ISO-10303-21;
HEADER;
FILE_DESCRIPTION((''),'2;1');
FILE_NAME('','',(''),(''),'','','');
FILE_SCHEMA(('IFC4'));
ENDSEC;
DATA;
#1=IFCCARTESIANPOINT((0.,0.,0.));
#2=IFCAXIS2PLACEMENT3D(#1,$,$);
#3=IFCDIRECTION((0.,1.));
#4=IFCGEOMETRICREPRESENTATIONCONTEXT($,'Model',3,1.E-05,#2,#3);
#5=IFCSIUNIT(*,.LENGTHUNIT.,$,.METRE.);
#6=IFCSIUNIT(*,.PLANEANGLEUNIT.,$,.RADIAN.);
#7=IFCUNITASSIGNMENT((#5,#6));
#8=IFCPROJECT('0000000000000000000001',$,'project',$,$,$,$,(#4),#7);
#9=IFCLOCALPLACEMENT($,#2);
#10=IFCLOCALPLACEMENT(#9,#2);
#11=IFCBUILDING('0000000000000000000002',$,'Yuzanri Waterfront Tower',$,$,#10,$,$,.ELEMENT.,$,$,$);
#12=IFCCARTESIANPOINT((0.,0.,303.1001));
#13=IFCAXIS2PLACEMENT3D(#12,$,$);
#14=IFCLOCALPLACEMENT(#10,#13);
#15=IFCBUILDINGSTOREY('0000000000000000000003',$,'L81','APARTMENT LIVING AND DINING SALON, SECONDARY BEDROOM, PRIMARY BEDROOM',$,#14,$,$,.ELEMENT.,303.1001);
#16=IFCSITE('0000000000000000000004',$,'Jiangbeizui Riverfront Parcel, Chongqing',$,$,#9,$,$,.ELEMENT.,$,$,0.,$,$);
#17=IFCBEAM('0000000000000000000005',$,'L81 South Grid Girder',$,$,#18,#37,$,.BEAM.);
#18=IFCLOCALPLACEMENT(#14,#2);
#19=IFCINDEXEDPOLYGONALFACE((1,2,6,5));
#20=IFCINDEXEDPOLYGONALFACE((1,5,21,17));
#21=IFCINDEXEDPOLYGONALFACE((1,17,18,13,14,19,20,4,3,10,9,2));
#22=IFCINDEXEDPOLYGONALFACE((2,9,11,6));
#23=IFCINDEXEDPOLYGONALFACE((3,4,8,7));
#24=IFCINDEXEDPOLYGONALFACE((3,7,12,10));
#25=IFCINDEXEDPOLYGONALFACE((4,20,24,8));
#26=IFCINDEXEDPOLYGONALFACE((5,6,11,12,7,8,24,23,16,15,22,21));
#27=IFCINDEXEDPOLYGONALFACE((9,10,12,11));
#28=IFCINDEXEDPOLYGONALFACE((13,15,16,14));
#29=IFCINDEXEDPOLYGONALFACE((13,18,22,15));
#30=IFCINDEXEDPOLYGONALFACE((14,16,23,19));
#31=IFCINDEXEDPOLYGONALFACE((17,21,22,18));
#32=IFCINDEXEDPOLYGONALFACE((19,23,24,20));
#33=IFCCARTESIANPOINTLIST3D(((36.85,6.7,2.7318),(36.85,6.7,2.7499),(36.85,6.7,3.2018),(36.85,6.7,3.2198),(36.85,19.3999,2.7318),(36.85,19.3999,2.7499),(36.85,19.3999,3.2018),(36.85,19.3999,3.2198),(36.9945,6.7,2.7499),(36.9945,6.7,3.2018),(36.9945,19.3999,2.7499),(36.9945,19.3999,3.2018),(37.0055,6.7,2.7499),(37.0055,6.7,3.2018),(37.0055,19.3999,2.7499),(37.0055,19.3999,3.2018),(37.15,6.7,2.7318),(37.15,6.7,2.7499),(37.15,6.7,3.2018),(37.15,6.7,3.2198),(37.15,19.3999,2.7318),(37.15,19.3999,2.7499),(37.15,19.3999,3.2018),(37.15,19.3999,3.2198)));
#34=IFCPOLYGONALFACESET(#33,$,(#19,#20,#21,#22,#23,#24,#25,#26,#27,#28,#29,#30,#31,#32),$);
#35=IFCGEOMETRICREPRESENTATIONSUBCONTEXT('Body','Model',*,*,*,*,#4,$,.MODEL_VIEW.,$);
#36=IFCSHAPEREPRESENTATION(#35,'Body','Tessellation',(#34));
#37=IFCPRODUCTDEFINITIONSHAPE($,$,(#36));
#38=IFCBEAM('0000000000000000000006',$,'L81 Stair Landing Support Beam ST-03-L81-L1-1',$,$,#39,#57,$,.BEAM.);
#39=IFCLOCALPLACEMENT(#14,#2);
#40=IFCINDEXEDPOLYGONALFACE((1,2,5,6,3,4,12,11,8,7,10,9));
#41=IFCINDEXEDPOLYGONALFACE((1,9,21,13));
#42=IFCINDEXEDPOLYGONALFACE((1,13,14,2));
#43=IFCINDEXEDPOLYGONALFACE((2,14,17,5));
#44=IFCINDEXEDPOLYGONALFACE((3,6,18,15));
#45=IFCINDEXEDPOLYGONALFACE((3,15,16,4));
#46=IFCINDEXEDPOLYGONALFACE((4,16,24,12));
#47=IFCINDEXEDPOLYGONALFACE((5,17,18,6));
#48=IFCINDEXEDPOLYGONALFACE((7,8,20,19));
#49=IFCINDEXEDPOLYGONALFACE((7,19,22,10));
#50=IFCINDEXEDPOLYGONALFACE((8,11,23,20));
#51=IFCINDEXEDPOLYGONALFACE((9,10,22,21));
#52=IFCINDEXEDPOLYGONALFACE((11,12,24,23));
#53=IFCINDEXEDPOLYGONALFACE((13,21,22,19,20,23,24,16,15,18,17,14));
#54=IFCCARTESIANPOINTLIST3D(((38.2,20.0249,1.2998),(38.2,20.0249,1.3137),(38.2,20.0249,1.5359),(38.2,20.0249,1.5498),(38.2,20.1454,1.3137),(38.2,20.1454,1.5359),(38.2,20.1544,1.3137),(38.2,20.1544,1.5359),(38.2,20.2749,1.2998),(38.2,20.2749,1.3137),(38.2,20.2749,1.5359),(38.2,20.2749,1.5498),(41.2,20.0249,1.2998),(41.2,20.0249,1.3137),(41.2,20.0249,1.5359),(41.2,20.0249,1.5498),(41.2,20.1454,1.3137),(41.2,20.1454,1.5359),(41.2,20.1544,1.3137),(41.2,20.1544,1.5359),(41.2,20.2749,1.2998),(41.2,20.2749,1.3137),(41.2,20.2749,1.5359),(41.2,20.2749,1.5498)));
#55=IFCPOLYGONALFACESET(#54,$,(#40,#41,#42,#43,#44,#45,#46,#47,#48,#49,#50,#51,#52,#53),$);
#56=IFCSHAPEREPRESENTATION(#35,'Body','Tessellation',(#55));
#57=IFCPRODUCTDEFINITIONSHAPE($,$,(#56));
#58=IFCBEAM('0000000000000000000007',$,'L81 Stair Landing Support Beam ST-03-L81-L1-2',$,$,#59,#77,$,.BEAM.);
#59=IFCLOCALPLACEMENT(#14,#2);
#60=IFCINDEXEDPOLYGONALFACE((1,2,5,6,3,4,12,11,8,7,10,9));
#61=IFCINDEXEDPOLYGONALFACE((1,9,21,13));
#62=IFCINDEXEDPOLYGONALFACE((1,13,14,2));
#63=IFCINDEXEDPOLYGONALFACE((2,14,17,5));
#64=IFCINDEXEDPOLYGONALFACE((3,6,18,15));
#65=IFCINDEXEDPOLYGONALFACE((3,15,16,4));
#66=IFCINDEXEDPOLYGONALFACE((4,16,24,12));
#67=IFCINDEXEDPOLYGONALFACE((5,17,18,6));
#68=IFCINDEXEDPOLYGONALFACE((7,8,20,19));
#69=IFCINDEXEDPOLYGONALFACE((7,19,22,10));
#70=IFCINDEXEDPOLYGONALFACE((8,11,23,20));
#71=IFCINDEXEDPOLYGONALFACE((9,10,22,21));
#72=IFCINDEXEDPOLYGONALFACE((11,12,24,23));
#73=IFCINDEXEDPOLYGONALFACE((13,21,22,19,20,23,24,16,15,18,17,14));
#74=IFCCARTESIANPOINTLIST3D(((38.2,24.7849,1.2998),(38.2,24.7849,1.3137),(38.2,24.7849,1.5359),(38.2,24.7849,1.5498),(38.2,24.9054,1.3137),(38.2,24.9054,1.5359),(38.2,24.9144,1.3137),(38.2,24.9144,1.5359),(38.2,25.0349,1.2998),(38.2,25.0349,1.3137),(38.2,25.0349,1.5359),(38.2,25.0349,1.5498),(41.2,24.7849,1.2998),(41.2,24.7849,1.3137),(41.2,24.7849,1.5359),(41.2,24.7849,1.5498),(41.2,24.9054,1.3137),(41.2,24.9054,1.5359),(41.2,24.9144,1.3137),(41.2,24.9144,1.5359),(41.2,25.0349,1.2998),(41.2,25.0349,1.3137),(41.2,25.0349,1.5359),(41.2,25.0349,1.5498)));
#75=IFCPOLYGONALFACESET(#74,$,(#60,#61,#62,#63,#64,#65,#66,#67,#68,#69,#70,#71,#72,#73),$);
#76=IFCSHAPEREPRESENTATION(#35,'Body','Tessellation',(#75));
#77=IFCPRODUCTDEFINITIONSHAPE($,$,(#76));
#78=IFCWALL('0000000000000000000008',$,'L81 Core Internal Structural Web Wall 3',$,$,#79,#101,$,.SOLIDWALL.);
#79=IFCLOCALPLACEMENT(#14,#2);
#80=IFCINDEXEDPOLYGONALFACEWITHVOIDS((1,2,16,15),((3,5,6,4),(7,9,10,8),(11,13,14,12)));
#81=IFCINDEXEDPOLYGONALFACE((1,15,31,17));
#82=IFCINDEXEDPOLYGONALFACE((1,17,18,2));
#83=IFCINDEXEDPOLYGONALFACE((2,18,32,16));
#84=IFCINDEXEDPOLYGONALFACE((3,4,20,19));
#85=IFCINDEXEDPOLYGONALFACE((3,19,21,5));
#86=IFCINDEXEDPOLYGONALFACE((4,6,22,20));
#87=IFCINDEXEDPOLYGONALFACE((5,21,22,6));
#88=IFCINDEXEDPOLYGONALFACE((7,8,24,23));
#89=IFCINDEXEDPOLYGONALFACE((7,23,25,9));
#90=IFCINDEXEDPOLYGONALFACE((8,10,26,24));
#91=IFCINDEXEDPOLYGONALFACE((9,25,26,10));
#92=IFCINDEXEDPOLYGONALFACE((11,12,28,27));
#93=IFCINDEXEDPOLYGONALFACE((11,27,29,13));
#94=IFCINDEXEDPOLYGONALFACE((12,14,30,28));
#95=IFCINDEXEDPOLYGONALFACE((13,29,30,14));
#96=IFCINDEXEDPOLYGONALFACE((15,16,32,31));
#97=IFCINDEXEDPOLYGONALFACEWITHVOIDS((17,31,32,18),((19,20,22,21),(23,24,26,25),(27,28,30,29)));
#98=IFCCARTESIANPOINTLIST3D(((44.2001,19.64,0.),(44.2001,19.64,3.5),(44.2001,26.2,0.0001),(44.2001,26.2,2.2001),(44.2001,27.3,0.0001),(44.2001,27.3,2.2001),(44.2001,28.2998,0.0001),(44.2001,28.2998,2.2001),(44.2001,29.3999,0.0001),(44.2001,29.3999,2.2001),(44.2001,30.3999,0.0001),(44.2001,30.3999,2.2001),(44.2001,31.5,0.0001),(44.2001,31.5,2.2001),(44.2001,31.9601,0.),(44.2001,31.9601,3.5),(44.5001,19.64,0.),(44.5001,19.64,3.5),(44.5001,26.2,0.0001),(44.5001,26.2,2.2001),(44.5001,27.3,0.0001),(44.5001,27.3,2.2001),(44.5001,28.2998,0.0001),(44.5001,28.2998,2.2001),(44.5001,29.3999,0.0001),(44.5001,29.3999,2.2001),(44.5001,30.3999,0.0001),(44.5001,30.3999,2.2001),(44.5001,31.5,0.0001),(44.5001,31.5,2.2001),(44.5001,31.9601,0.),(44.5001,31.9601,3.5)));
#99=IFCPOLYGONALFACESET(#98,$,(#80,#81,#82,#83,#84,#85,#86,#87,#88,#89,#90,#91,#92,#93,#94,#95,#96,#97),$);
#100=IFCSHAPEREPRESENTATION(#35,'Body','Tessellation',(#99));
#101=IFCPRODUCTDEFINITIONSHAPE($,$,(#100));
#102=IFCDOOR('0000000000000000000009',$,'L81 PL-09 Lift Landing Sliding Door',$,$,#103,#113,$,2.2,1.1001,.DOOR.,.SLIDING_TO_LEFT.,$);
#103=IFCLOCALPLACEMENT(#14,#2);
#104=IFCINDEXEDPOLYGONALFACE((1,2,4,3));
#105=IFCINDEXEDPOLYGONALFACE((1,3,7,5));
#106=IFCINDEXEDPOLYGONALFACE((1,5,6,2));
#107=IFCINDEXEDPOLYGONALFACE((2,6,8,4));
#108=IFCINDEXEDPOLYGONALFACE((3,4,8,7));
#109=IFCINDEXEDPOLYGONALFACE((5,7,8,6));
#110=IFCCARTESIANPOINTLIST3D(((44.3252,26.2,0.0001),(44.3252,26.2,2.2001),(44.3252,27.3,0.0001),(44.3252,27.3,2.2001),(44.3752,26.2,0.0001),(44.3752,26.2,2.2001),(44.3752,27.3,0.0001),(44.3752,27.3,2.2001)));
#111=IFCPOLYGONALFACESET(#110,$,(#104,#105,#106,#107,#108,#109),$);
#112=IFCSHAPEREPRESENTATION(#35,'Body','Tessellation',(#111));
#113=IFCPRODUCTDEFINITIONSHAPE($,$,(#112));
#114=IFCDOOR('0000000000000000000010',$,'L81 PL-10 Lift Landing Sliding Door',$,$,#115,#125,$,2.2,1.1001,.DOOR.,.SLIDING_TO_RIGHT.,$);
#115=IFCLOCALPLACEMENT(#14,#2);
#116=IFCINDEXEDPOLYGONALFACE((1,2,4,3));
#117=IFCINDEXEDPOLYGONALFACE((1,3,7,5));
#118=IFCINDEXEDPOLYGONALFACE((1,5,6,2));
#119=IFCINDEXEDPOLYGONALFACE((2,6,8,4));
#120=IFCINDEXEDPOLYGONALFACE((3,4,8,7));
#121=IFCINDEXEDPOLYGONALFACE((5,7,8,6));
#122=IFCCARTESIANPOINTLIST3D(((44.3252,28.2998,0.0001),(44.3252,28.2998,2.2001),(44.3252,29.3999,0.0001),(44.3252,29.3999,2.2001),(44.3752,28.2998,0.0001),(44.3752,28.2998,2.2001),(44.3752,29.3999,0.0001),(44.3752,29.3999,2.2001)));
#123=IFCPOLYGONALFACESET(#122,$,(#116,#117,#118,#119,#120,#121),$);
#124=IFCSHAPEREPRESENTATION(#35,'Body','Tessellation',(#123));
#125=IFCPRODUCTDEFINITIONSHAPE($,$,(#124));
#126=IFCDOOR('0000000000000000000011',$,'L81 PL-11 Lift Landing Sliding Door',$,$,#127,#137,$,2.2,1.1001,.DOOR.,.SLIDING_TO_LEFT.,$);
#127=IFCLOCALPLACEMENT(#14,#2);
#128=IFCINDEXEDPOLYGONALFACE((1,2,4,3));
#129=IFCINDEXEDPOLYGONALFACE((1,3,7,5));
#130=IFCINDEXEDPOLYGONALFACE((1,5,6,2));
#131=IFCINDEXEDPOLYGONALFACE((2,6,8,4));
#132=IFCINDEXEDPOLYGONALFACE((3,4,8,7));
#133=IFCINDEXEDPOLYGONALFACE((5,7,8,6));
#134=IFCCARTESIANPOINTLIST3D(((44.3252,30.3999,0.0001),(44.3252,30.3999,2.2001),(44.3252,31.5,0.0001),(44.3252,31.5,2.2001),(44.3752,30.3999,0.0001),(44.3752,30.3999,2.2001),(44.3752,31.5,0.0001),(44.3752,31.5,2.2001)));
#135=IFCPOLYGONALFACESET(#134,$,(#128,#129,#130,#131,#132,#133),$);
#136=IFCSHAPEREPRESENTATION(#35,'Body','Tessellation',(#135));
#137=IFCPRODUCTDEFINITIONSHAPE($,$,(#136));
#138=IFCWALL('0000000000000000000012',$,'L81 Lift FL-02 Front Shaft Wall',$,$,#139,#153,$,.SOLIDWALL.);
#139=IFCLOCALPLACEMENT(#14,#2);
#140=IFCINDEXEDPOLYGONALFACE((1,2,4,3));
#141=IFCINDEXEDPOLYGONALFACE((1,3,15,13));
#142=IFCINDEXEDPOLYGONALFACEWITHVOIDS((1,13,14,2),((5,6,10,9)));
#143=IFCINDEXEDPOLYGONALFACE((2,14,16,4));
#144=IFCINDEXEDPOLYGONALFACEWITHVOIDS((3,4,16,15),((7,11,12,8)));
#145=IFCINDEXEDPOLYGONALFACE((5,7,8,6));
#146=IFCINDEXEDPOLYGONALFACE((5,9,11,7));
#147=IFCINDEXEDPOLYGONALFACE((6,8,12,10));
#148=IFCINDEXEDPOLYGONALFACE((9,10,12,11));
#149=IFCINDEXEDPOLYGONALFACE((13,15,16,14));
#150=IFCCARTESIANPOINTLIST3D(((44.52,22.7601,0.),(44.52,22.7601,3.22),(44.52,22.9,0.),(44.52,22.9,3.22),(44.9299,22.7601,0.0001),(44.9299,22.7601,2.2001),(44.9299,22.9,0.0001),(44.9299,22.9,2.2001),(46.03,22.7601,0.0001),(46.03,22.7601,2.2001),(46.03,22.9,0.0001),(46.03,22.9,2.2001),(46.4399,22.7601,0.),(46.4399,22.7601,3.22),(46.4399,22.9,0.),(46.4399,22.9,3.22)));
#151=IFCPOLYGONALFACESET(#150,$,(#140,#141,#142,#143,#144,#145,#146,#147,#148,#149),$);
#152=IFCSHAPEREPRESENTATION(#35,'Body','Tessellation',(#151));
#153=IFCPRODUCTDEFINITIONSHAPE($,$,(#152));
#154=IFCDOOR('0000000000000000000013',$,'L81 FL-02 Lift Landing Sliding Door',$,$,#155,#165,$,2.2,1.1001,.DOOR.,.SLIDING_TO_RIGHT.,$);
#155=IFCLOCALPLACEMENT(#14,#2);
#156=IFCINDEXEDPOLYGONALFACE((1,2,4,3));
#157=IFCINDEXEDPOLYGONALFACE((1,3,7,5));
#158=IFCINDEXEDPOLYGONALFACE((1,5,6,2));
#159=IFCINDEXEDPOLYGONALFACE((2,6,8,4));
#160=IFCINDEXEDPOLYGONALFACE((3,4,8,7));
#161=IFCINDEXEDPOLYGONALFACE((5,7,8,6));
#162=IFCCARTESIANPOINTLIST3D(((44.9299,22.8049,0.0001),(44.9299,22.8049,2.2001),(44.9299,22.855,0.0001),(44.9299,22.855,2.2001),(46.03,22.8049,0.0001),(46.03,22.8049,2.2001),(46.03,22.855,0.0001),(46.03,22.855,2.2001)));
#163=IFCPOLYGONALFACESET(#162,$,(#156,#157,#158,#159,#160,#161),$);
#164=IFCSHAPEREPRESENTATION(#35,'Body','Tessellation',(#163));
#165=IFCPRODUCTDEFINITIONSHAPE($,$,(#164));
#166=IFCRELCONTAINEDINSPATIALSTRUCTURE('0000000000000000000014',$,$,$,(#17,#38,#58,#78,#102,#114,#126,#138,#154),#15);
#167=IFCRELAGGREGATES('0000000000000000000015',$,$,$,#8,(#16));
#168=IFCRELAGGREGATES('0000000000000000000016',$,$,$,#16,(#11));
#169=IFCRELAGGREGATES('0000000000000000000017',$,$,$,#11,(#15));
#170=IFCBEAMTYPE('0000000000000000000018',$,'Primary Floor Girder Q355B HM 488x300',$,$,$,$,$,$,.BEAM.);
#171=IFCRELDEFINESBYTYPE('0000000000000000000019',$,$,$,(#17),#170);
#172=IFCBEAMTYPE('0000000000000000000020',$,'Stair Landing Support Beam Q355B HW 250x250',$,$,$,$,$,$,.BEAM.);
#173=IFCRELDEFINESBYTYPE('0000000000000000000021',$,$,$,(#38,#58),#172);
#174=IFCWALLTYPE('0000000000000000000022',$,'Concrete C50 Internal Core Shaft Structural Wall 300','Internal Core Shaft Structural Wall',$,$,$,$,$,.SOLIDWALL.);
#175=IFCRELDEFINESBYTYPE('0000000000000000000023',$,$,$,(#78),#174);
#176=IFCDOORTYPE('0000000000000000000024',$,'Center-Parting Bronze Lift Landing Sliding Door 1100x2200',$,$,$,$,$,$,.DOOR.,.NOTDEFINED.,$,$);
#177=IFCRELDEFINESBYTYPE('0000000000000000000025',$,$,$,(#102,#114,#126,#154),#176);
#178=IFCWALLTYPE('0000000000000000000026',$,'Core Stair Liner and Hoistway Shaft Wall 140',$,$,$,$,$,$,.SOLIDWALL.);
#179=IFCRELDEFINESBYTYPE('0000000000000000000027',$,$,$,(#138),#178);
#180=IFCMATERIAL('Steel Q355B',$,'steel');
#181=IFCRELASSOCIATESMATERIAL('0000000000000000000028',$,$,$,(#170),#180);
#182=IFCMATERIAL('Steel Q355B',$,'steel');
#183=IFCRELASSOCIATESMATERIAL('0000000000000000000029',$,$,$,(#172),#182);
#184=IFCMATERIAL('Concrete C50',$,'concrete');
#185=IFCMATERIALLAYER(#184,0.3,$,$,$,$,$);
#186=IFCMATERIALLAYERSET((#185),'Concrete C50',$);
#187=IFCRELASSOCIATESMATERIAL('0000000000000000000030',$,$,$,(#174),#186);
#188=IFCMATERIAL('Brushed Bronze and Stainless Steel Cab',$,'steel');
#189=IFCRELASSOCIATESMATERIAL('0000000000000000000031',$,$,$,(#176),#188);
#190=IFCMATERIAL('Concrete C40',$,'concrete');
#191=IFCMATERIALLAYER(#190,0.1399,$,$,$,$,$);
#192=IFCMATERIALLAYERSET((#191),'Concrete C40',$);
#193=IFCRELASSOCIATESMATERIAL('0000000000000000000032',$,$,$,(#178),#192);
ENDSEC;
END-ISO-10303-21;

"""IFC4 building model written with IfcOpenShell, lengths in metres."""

from ifc_helpers import new_model, si_unit, direction, frame, frame_2d, origin, origin_2d, place, context, subcontext, project, spatial, rectangle, i_section, extrude, source, transform, mapped, material, layer, layer_set, material_profile, profile_set, type_object, element, fill, save


model = new_model("IFC4")

# Units and contexts
model_context = context("Model", 3, precision=1e-05, world=origin(), true_north=direction((0.0, 1.0)))
body_context = subcontext(model_context, "Body", "Model", "MODEL_VIEW")
ifc_project = project(units=[si_unit("LENGTHUNIT", "METRE"), si_unit("PLANEANGLEUNIT", "RADIAN")], contexts=[model_context])

# Site, building, storey
site_placement = place(None, origin())
site = spatial("IfcSite", under=ifc_project, at=site_placement, Name="Jiangbeizui Riverfront Parcel, Chongqing", CompositionType="ELEMENT", RefElevation=0.0)
building_placement = place(site_placement, origin())
building = spatial("IfcBuilding", under=site, at=building_placement, Name="Yuzanri Waterfront Tower", CompositionType="ELEMENT")
storey_placement = place(building_placement, frame((0.0, 0.0, 303.1001)))
storey = spatial("IfcBuildingStorey", under=building, at=storey_placement, Name="L81", Description="APARTMENT LIVING AND DINING SALON, SECONDARY BEDROOM, PRIMARY BEDROOM", CompositionType="ELEMENT", Elevation=303.1001)

# Beams
ifc_material_1 = material(Name="Steel Q355B", Category="steel")
ifc_material_profile_1 = material_profile(ifc_material_1, i_section(OverallWidth=0.3, OverallDepth=0.488, WebThickness=0.011, FlangeThickness=0.0181, at=origin_2d()), Name="HM 488x300x11x18")
ifc_profile_set_1 = profile_set([ifc_material_profile_1], Name="Steel Q355B")
beam_type_1 = type_object("IfcBeamType", Name="Primary Floor Girder Q355B HM 488x300", PredefinedType="BEAM", material=ifc_profile_set_1)
shared_shape_1 = source(origin(), body_context, "Body", "SweptSolid", [
    extrude(i_section(OverallWidth=0.3, OverallDepth=0.488, WebThickness=0.011, FlangeThickness=0.0181, at=origin_2d()), origin(), (0.0, 0.0, 1.0), 12.7),
])
beam_placement = place(storey_placement, frame((37.0, 19.3999, 2.9758), z_axis=(0.0, -1.0, 0.0), x_axis=(1.0, 0.0, 0.0)))
element("IfcBeam", 1, at=beam_placement, inside=storey, type_object=beam_type_1, Name="L81 South Grid Girder", PredefinedType="BEAM", context=body_context, shape_type="MappedRepresentation", body=[
    mapped(shared_shape_1, transform((0.0, 0.0, 0.0), scale=1.0)),
])
ifc_material_2 = material(Name="Steel Q355B", Category="steel")
ifc_material_profile_2 = material_profile(ifc_material_2, i_section(OverallWidth=0.25, OverallDepth=0.25, WebThickness=0.009, FlangeThickness=0.0139, at=origin_2d()), Name="HW 250x250x9x14")
ifc_profile_set_2 = profile_set([ifc_material_profile_2], Name="Steel Q355B")
beam_type_2 = type_object("IfcBeamType", Name="Stair Landing Support Beam Q355B HW 250x250", PredefinedType="BEAM", material=ifc_profile_set_2)
shared_shape_2 = source(origin(), body_context, "Body", "SweptSolid", [
    extrude(i_section(OverallWidth=0.25, OverallDepth=0.25, WebThickness=0.009, FlangeThickness=0.0139, at=origin_2d()), origin(), (0.0, 0.0, 1.0), 3.0),
])
for number, where, z_axis, x_axis, name in (
    (2, (38.2, 20.1499, 1.4248), (1.0, 0.0, 0.0), (0.0, 1.0, 0.0), "L81 Stair Landing Support Beam ST-03-L81-L1-1"),
    (3, (38.2, 24.9099, 1.4248), (1.0, 0.0, 0.0), (0.0, 1.0, 0.0), "L81 Stair Landing Support Beam ST-03-L81-L1-2"),
):
    element("IfcBeam", number, at=place(storey_placement, frame(where, z_axis=z_axis, x_axis=x_axis)), inside=storey, type_object=beam_type_2, Name=name, PredefinedType="BEAM", context=body_context, shape_type="MappedRepresentation", body=[
        mapped(shared_shape_2, transform((0.0, 0.0, 0.0), scale=1.0)),
    ])

# Wall, openings, doors
ifc_material_3 = material(Name="Concrete C50", Category="concrete")
ifc_layer_1 = layer(ifc_material_3, 0.3)
ifc_layer_set_1 = layer_set([ifc_layer_1], Name="Concrete C50")
wall_type_1 = type_object("IfcWallType", Name="Concrete C50 Internal Core Shaft Structural Wall 300", Description="Internal Core Shaft Structural Wall", PredefinedType="SOLIDWALL", material=ifc_layer_set_1)
wall_1_placement = place(storey_placement, frame((44.3501, 19.6399, 0.0), z_axis=(0.0, 0.0, 1.0), x_axis=(0.0, 1.0, 0.0)))
wall_1 = element("IfcWall", 4, at=wall_1_placement, inside=storey, type_object=wall_type_1, Name="L81 Core Internal Structural Web Wall 3", PredefinedType="SOLIDWALL", context=body_context, shape_type="SweptSolid", body=[
    extrude(rectangle(XDim=12.3201, YDim=0.3, at=frame_2d((6.1602, 0.0))), origin(), (0.0, 0.0, 1.0), 3.5),
])
opening_1_placement = place(wall_1_placement, frame((6.5601, 0.0, 0.0)))
opening_1 = element("IfcOpeningElement", 5, at=opening_1_placement, cuts=wall_1, PredefinedType="OPENING", context=body_context, shape_type="SweptSolid", body=[
    extrude(rectangle(XDim=1.1001, YDim=2.2, at=frame_2d((0.55, 1.1001))), frame((0.0, 0.165, 0.0), z_axis=(0.0, -1.0, 0.0), x_axis=(1.0, 0.0, 0.0)), (0.0, 0.0, 1.0), 0.3298),
])
opening_2_placement = place(wall_1_placement, frame((8.6599, 0.0, 0.0)))
opening_2 = element("IfcOpeningElement", 6, at=opening_2_placement, cuts=wall_1, PredefinedType="OPENING", context=body_context, shape_type="SweptSolid", body=[
    extrude(rectangle(XDim=1.1001, YDim=2.2, at=frame_2d((0.55, 1.1001))), frame((0.0, 0.165, 0.0), z_axis=(0.0, -1.0, 0.0), x_axis=(1.0, 0.0, 0.0)), (0.0, 0.0, 1.0), 0.3298),
])
opening_3_placement = place(wall_1_placement, frame((10.76, 0.0, 0.0)))
opening_3 = element("IfcOpeningElement", 7, at=opening_3_placement, cuts=wall_1, PredefinedType="OPENING", context=body_context, shape_type="SweptSolid", body=[
    extrude(rectangle(XDim=1.1001, YDim=2.2, at=frame_2d((0.55, 1.1001))), frame((0.0, 0.165, 0.0), z_axis=(0.0, -1.0, 0.0), x_axis=(1.0, 0.0, 0.0)), (0.0, 0.0, 1.0), 0.3298),
])
ifc_material_4 = material(Name="Brushed Bronze and Stainless Steel Cab", Category="steel")
door_type_1 = type_object("IfcDoorType", Name="Center-Parting Bronze Lift Landing Sliding Door 1100x2200", OperationType="NOTDEFINED", PredefinedType="DOOR", material=ifc_material_4)
shared_shape_3 = source(origin(), body_context, "Body", "SweptSolid", [
    extrude(rectangle(XDim=1.1001, YDim=2.2, at=frame_2d((0.55, 1.1001))), frame((0.0, 0.0249, 0.0), z_axis=(0.0, -1.0, 0.0), x_axis=(1.0, 0.0, 0.0)), (0.0, 0.0, 1.0), 0.05),
])
door_1_placement = place(opening_1_placement, origin())
door_1 = element("IfcDoor", 8, at=door_1_placement, inside=storey, type_object=door_type_1, Name="L81 PL-09 Lift Landing Sliding Door", OperationType="SLIDING_TO_LEFT", OverallHeight=2.2, OverallWidth=1.1001, PredefinedType="DOOR", context=body_context, shape_type="MappedRepresentation", body=[
    mapped(shared_shape_3, transform((0.0, 0.0, 0.0), scale=1.0)),
])
fill(opening_1, door_1)
door_2_placement = place(opening_2_placement, origin())
door_2 = element("IfcDoor", 9, at=door_2_placement, inside=storey, type_object=door_type_1, Name="L81 PL-10 Lift Landing Sliding Door", OperationType="SLIDING_TO_RIGHT", OverallHeight=2.2, OverallWidth=1.1001, PredefinedType="DOOR", context=body_context, shape_type="MappedRepresentation", body=[
    mapped(shared_shape_3, transform((0.0, 0.0, 0.0), scale=1.0)),
])
fill(opening_2, door_2)
door_3_placement = place(opening_3_placement, origin())
door_3 = element("IfcDoor", 10, at=door_3_placement, inside=storey, type_object=door_type_1, Name="L81 PL-11 Lift Landing Sliding Door", OperationType="SLIDING_TO_LEFT", OverallHeight=2.2, OverallWidth=1.1001, PredefinedType="DOOR", context=body_context, shape_type="MappedRepresentation", body=[
    mapped(shared_shape_3, transform((0.0, 0.0, 0.0), scale=1.0)),
])
fill(opening_3, door_3)

# Wall, opening, door
ifc_material_5 = material(Name="Concrete C40", Category="concrete")
ifc_layer_2 = layer(ifc_material_5, 0.1399)
ifc_layer_set_2 = layer_set([ifc_layer_2], Name="Concrete C40")
wall_type_2 = type_object("IfcWallType", Name="Core Stair Liner and Hoistway Shaft Wall 140", PredefinedType="SOLIDWALL", material=ifc_layer_set_2)
wall_2_placement = place(storey_placement, frame((44.52, 22.8301, 0.0), z_axis=(0.0, 0.0, 1.0), x_axis=(1.0, 0.0, 0.0)))
wall_2 = element("IfcWall", 11, at=wall_2_placement, inside=storey, type_object=wall_type_2, Name="L81 Lift FL-02 Front Shaft Wall", PredefinedType="SOLIDWALL", context=body_context, shape_type="SweptSolid", body=[
    extrude(rectangle(XDim=1.9199, YDim=0.1399, at=frame_2d((0.96, 0.0))), origin(), (0.0, 0.0, 1.0), 3.22),
])
opening_4_placement = place(wall_2_placement, frame((0.4099, 0.0, 0.0)))
opening_4 = element("IfcOpeningElement", 12, at=opening_4_placement, cuts=wall_2, PredefinedType="OPENING", context=body_context, shape_type="SweptSolid", body=[
    extrude(rectangle(XDim=1.1001, YDim=2.2, at=frame_2d((0.55, 1.1001))), frame((0.0, 0.085, 0.0), z_axis=(0.0, -1.0, 0.0), x_axis=(1.0, 0.0, 0.0)), (0.0, 0.0, 1.0), 0.1697),
])
door_4_placement = place(opening_4_placement, origin())
door_4 = element("IfcDoor", 13, at=door_4_placement, inside=storey, type_object=door_type_1, Name="L81 FL-02 Lift Landing Sliding Door", OperationType="SLIDING_TO_RIGHT", OverallHeight=2.2, OverallWidth=1.1001, PredefinedType="DOOR", context=body_context, shape_type="MappedRepresentation", body=[
    mapped(shared_shape_3, transform((0.0, 0.0, 0.0), scale=1.0)),
])
fill(opening_4, door_4)

save(model, "model.ifc")
